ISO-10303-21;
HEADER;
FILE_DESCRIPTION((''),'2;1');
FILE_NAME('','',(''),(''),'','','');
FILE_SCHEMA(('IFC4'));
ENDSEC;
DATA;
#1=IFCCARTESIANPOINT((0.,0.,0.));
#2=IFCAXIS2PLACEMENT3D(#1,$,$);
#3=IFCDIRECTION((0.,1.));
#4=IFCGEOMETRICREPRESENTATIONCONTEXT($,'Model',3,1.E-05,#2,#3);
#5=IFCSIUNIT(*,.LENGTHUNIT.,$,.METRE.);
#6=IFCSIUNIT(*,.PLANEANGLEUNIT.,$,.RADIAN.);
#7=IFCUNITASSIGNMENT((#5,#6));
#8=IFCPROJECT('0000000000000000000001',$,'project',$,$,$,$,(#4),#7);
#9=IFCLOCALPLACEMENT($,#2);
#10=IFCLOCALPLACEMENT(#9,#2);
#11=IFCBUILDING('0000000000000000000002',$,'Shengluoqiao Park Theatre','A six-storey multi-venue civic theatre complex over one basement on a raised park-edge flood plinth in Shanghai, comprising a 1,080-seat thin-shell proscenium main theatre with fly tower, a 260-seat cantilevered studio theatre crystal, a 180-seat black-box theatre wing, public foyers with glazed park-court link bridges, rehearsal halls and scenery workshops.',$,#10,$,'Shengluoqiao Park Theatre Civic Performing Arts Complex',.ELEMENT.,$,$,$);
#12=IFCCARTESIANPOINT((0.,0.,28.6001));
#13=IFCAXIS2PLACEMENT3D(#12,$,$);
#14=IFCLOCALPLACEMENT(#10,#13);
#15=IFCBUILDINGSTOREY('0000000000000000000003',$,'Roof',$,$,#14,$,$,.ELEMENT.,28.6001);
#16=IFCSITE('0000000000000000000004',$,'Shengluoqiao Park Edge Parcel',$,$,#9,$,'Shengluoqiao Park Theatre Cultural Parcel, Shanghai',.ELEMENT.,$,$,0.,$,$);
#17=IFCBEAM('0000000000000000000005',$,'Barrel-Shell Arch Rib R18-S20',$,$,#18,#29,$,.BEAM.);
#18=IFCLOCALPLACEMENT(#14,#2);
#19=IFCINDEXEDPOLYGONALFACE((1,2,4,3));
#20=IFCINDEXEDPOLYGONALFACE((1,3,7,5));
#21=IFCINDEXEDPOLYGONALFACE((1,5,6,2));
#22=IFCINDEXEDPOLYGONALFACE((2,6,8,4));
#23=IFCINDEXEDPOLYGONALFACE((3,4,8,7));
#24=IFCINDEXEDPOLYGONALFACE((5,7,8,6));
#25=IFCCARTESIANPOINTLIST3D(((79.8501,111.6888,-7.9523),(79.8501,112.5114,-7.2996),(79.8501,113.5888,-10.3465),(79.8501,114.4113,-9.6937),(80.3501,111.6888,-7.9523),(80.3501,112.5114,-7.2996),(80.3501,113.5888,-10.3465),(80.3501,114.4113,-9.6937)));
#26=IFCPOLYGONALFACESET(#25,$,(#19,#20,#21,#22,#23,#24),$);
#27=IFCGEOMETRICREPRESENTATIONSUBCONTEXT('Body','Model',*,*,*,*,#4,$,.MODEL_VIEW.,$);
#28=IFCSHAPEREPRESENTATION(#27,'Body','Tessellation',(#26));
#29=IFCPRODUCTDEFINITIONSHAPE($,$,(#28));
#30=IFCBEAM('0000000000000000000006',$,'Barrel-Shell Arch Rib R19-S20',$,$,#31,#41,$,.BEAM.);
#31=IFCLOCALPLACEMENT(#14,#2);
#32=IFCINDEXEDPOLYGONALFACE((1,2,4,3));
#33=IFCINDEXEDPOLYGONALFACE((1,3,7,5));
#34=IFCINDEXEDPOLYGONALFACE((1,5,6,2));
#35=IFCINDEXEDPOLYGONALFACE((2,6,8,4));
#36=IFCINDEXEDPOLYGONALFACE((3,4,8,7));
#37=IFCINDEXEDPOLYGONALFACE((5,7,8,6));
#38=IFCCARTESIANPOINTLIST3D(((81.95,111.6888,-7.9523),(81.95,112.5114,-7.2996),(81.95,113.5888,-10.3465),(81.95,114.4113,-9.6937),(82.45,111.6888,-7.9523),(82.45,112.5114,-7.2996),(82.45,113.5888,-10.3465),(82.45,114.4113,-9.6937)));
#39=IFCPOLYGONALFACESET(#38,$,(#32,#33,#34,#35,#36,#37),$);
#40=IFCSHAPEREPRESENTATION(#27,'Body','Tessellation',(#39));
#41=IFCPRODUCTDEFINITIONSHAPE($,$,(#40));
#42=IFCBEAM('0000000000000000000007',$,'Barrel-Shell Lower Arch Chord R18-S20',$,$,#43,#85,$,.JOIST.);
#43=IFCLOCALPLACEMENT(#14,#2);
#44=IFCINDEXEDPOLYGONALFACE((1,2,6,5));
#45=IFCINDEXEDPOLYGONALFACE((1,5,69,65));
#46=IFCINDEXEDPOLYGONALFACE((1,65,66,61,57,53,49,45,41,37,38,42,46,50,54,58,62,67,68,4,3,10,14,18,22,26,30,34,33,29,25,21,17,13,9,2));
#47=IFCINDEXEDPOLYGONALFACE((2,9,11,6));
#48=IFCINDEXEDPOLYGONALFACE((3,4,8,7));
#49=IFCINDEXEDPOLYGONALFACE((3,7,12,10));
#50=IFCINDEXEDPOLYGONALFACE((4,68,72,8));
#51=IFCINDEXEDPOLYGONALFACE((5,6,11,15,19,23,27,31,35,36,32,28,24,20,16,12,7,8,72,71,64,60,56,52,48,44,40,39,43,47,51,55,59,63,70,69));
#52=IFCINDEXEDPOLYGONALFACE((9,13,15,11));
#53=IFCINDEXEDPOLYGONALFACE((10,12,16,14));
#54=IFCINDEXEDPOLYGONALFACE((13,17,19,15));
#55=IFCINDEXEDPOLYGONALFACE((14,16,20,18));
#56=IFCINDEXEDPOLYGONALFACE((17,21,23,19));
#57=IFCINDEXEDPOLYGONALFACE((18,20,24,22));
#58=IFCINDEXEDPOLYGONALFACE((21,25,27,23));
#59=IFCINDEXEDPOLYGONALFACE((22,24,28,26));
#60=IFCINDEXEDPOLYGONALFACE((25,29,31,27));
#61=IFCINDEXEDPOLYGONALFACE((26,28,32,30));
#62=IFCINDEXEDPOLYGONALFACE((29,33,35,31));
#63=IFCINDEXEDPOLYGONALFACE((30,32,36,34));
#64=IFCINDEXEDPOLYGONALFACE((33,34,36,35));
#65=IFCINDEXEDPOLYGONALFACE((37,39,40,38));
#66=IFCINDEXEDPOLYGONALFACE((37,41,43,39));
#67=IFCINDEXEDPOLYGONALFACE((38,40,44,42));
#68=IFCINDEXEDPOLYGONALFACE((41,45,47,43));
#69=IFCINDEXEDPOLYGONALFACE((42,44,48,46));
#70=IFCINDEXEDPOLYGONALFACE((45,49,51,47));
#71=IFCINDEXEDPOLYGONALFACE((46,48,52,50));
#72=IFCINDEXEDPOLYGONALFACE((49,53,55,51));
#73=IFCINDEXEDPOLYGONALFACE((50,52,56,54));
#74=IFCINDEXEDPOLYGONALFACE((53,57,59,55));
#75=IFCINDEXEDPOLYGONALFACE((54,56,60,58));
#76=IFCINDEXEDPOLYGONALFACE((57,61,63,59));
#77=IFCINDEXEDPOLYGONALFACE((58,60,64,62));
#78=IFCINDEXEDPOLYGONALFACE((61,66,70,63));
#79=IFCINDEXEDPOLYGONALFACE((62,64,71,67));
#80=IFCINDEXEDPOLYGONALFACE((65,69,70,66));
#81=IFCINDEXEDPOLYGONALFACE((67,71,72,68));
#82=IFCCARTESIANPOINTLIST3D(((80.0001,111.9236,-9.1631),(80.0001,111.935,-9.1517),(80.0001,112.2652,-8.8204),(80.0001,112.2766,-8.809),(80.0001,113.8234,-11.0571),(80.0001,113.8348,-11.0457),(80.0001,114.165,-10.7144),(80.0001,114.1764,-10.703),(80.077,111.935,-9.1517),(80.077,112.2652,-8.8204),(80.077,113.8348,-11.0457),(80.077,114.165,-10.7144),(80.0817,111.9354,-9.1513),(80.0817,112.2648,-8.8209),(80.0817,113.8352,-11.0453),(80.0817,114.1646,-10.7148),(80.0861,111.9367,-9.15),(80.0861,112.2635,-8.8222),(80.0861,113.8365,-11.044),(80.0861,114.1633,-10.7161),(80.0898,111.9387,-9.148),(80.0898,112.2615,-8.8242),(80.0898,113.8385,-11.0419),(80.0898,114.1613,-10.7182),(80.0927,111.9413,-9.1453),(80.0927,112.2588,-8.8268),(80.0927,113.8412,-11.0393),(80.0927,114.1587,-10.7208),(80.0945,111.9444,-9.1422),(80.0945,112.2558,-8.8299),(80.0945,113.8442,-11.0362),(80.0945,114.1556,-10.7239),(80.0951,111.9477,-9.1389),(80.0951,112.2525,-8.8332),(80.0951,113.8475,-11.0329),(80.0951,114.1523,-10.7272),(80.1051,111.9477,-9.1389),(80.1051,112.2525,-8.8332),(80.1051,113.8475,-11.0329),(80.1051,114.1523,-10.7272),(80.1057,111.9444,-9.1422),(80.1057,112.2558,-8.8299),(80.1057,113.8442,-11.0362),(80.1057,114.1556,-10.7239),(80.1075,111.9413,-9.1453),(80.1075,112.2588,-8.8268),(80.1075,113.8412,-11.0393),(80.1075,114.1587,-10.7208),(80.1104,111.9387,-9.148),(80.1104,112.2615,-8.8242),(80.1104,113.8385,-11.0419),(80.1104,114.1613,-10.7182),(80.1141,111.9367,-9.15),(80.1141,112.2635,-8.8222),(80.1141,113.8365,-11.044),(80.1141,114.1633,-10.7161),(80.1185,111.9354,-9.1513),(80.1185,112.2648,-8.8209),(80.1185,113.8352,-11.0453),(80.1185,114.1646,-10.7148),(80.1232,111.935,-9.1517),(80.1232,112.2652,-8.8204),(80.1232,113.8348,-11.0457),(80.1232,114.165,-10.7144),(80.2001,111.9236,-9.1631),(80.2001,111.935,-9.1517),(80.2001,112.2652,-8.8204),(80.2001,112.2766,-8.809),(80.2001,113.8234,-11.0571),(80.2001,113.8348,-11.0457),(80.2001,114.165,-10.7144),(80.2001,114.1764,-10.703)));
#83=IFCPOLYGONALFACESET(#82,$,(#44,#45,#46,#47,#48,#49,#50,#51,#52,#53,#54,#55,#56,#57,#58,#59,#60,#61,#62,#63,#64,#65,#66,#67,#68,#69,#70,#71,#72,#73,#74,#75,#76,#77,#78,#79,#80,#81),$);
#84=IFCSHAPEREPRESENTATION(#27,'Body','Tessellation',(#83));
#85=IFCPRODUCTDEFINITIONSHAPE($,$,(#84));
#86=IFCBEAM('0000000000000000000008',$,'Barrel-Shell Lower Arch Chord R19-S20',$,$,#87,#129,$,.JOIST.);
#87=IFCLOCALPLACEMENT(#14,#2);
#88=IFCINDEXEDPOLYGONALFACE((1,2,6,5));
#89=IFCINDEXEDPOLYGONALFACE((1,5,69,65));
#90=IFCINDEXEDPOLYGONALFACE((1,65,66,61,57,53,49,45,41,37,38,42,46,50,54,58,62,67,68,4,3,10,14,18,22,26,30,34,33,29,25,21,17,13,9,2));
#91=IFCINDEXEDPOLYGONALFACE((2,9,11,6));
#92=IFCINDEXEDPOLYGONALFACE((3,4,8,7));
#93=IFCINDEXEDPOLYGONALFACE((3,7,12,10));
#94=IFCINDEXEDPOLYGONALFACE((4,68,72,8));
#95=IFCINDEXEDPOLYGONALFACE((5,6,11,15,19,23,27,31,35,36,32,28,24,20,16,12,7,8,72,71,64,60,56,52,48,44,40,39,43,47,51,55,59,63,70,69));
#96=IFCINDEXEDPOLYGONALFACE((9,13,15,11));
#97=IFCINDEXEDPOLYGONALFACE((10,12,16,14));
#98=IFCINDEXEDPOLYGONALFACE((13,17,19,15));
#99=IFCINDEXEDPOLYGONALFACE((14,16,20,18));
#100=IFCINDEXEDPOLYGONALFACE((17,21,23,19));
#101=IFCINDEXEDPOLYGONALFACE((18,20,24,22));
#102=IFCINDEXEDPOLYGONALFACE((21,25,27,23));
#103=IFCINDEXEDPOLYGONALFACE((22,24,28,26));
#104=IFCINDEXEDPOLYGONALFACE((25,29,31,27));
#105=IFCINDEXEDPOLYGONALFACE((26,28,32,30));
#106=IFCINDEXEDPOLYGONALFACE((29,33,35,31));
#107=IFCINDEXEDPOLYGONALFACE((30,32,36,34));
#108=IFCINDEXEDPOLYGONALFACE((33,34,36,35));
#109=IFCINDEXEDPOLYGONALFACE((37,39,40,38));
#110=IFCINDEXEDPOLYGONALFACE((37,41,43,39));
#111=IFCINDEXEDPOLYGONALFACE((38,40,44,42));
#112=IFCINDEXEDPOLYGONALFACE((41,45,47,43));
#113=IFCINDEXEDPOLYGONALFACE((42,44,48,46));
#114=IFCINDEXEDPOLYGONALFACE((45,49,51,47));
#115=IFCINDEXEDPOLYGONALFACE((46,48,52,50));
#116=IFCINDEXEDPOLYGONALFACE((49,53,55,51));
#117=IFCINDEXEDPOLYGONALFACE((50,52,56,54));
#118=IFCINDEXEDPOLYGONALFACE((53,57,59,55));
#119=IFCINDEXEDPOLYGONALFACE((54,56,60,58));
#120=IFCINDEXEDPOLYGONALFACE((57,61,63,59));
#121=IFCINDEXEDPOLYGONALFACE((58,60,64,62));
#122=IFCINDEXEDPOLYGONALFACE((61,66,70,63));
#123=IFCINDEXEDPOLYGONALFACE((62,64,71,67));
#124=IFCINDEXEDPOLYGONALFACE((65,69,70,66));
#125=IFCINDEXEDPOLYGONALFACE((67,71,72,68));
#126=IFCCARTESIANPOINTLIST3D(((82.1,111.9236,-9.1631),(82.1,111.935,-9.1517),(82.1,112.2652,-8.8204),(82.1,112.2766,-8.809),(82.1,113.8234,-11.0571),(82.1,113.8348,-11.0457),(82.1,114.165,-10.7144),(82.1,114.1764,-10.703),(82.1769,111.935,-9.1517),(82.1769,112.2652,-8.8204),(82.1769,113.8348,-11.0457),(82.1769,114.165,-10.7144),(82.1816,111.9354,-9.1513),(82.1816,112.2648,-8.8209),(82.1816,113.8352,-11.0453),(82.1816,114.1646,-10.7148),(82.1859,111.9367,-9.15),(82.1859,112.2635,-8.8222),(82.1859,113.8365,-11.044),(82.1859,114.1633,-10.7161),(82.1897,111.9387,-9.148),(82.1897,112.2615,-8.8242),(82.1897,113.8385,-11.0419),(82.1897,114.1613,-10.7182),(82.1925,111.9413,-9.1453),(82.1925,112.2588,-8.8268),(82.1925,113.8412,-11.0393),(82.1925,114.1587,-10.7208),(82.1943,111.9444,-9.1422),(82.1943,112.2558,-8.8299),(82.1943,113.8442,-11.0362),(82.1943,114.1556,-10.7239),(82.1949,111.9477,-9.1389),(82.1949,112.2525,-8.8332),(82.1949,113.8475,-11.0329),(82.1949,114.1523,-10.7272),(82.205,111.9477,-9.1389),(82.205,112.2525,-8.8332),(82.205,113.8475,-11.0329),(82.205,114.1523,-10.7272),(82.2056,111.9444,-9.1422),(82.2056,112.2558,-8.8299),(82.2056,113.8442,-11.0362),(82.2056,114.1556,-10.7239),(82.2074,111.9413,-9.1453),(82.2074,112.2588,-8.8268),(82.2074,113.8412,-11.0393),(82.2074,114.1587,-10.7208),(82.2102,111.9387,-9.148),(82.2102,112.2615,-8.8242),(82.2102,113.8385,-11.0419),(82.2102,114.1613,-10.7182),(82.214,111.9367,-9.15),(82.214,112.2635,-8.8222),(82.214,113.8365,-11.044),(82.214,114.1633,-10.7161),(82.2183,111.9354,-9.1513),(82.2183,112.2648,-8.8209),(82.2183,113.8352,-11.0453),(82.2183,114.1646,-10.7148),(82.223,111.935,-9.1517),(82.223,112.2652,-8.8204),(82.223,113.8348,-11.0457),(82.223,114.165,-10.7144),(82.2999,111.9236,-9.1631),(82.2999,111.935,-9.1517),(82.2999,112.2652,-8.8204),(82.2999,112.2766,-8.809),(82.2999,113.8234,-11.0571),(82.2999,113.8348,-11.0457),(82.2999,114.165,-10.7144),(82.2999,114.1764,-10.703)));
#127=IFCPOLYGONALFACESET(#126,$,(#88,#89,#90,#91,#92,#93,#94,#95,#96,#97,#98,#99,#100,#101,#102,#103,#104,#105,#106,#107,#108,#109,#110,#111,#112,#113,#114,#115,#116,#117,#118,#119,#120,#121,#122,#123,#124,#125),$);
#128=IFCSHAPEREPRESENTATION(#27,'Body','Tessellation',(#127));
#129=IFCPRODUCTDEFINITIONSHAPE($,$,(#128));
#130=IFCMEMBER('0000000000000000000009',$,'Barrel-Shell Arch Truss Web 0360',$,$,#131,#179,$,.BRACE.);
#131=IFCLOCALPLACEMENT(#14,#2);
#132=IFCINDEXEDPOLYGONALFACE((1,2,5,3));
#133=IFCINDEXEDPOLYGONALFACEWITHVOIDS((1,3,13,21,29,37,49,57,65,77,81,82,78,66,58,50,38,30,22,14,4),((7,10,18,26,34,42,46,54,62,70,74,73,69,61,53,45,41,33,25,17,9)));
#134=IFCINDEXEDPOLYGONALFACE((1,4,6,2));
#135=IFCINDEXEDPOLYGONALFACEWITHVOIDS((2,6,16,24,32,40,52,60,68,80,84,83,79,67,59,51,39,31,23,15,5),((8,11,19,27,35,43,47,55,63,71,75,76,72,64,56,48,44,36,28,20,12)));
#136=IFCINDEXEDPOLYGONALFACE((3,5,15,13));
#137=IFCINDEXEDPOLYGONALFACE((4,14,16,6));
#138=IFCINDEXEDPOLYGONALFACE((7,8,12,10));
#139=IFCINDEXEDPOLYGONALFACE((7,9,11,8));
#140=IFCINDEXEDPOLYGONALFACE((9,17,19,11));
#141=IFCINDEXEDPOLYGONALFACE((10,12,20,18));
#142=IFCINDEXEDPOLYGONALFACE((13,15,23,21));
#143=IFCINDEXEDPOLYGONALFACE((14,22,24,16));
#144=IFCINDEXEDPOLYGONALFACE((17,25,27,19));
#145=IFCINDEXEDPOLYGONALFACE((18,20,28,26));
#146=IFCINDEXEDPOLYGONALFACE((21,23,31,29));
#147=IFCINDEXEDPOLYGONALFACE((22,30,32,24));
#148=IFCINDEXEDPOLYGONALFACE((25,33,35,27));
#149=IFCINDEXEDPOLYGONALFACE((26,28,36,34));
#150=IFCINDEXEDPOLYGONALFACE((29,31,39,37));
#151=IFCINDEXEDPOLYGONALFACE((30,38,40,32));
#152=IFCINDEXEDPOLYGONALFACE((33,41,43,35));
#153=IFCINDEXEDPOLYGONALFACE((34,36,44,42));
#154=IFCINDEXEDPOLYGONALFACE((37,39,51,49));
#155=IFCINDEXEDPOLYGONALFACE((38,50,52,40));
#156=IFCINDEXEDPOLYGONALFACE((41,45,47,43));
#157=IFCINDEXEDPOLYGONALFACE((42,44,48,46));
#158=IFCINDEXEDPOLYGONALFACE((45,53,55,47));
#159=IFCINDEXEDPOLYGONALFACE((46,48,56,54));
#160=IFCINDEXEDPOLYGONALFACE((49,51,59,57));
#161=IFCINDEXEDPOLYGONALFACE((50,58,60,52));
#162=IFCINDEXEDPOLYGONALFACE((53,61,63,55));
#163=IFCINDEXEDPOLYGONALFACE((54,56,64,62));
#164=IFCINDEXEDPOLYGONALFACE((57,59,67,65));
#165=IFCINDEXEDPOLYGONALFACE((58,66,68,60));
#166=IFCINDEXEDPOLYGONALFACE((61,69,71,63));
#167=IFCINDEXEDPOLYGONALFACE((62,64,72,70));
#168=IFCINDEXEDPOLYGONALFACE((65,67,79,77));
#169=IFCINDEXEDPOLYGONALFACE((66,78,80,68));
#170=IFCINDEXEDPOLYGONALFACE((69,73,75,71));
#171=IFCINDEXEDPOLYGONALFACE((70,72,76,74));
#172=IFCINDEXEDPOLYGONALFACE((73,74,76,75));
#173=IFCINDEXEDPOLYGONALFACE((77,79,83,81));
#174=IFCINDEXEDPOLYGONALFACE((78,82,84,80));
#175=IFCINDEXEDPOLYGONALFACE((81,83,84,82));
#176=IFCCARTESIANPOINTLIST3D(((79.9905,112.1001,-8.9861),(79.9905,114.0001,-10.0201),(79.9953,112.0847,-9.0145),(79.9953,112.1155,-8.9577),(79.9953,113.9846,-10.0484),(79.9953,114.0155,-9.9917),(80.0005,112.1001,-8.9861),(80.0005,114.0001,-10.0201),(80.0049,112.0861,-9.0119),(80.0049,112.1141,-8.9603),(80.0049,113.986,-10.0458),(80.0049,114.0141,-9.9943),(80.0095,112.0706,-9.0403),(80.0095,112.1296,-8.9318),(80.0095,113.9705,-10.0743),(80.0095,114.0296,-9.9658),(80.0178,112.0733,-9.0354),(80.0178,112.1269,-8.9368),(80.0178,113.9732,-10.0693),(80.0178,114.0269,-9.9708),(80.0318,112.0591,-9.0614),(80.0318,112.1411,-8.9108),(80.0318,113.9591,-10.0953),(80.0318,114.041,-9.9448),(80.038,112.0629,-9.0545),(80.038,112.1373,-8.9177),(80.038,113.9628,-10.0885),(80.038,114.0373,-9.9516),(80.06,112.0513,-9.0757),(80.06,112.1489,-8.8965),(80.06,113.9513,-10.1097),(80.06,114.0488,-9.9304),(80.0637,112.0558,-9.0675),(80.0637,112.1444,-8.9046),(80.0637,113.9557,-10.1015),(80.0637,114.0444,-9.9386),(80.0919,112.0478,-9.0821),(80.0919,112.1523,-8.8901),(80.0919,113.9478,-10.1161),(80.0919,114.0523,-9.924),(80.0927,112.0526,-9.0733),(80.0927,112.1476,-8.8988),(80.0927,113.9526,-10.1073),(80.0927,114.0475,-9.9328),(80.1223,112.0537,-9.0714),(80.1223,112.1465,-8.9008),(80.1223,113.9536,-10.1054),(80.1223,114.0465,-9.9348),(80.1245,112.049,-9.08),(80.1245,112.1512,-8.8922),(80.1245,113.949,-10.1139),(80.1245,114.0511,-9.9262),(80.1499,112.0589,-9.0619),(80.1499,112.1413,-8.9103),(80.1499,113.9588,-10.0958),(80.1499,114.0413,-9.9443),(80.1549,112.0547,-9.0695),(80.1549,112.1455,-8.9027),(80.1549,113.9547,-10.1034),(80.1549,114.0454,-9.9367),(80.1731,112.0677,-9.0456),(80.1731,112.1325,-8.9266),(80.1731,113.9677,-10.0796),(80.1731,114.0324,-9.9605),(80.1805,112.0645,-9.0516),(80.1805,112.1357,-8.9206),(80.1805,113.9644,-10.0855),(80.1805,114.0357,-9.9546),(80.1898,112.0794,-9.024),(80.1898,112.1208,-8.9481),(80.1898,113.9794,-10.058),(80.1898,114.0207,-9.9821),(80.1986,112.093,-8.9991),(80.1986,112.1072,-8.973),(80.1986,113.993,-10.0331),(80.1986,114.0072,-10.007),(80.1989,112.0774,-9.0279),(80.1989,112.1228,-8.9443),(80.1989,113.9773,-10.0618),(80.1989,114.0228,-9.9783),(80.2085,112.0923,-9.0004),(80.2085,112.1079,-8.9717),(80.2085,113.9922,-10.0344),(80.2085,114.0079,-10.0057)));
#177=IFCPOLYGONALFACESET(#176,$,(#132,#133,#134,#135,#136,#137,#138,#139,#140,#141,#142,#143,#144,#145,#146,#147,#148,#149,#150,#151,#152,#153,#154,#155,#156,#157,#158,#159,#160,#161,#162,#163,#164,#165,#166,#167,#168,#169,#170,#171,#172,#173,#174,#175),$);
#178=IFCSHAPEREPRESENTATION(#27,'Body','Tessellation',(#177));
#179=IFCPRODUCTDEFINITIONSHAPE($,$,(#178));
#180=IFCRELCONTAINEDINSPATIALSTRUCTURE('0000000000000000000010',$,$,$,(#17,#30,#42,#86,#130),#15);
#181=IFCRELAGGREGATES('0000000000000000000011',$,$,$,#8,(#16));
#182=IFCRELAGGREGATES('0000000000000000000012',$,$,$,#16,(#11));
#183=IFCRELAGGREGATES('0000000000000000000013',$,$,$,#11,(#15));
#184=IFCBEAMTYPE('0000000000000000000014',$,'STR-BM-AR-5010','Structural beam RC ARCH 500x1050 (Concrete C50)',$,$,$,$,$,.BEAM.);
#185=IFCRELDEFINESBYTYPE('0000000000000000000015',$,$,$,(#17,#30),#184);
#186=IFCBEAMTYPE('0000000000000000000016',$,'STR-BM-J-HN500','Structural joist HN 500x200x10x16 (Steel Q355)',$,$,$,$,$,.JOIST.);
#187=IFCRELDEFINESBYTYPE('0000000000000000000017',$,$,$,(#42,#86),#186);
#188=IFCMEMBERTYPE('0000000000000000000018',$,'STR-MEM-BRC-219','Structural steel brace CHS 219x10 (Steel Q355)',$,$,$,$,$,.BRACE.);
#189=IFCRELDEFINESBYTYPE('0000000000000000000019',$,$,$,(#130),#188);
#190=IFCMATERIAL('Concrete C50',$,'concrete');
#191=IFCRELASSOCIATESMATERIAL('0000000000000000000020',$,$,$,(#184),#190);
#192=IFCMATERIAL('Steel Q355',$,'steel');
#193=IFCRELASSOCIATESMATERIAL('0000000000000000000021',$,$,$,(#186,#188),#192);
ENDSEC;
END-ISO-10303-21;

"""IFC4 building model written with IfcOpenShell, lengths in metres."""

from ifc_helpers import new_model, si_unit, direction, frame, origin, origin_2d, place, context, subcontext, project, spatial, rectangle, hollow_circle, i_section, extrude, material, material_profile, profile_set, type_object, element, save


model = new_model("IFC4")

# Units and contexts
model_context = context("Model", 3, precision=1e-05, world=origin(), true_north=direction((0.0, 1.0)))
body_context = subcontext(model_context, "Body", "Model", "MODEL_VIEW")
ifc_project = project(units=[si_unit("LENGTHUNIT", "METRE"), si_unit("PLANEANGLEUNIT", "RADIAN")], contexts=[model_context])

# Site, building, storey
site_placement = place(None, origin())
site = spatial("IfcSite", under=ifc_project, at=site_placement, Name="Shengluoqiao Park Edge Parcel", LongName="Shengluoqiao Park Theatre Cultural Parcel, Shanghai", CompositionType="ELEMENT", RefElevation=0.0)
building_placement = place(site_placement, origin())
building = spatial("IfcBuilding", under=site, at=building_placement, Name="Shengluoqiao Park Theatre", Description="A six-storey multi-venue civic theatre complex over one basement on a raised park-edge flood plinth in Shanghai, comprising a 1,080-seat thin-shell proscenium main theatre with fly tower, a 260-seat cantilevered studio theatre crystal, a 180-seat black-box theatre wing, public foyers with glazed park-court link bridges, rehearsal halls and scenery workshops.", LongName="Shengluoqiao Park Theatre Civic Performing Arts Complex", CompositionType="ELEMENT")
storey_placement = place(building_placement, frame((0.0, 0.0, 28.6001)))
storey = spatial("IfcBuildingStorey", under=building, at=storey_placement, Name="Roof", CompositionType="ELEMENT", Elevation=28.6001)

# Beams
ifc_material_1 = material(Name="Concrete C50", Category="concrete")
ifc_material_profile_1 = material_profile(ifc_material_1, rectangle(XDim=0.5, YDim=1.05, at=origin_2d()), Name="RC ARCH 500x1050")
ifc_profile_set_1 = profile_set([ifc_material_profile_1], Name="Concrete C50")
beam_type_1 = type_object("IfcBeamType", Name="STR-BM-AR-5010", Description="Structural beam RC ARCH 500x1050 (Concrete C50)", PredefinedType="BEAM", material=ifc_profile_set_1)
for number, where, z_axis, x_axis, name in (
    (1, (80.1001, 112.1001, -7.626), (0.0, 0.621631, -0.78331), (-1.0, 0.0, 0.0), "Barrel-Shell Arch Rib R18-S20"),
    (2, (82.2, 112.1001, -7.626), (0.0, 0.621631, -0.78331), (-1.0, 0.0, 0.0), "Barrel-Shell Arch Rib R19-S20"),
):
    element("IfcBeam", number, at=place(storey_placement, frame(where, z_axis=z_axis, x_axis=x_axis)), inside=storey, type_object=beam_type_1, Name=name, PredefinedType="BEAM", context=body_context, shape_type="SweptSolid", body=[
        extrude(rectangle(XDim=0.5, YDim=1.05, at=origin_2d()), origin(), (0.0, 0.0, 1.0), 3.0564),
    ])
ifc_material_2 = material(Name="Steel Q355", Category="steel")
ifc_material_profile_2 = material_profile(ifc_material_2, i_section(OverallWidth=0.2, OverallDepth=0.5, WebThickness=0.01, FlangeThickness=0.0161, FilletRadius=0.0181, at=origin_2d()), Name="HN 500x200x10x16")
ifc_profile_set_2 = profile_set([ifc_material_profile_2], Name="Steel Q355")
beam_type_2 = type_object("IfcBeamType", Name="STR-BM-J-HN500", Description="Structural joist HN 500x200x10x16 (Steel Q355)", PredefinedType="JOIST", material=ifc_profile_set_2)
for number, where, z_axis, x_axis, name in (
    (3, (80.1001, 112.1001, -8.9861), (0.0, 0.708198, -0.706014), (-1.0, 0.0, 0.0), "Barrel-Shell Lower Arch Chord R18-S20"),
    (4, (82.2, 112.1001, -8.9861), (0.0, 0.708198, -0.706014), (-1.0, 0.0, 0.0), "Barrel-Shell Lower Arch Chord R19-S20"),
):
    element("IfcBeam", number, at=place(storey_placement, frame(where, z_axis=z_axis, x_axis=x_axis)), inside=storey, type_object=beam_type_2, Name=name, PredefinedType="JOIST", context=body_context, shape_type="SweptSolid", body=[
        extrude(i_section(OverallWidth=0.2, OverallDepth=0.5, WebThickness=0.01, FlangeThickness=0.0161, FilletRadius=0.0181, at=origin_2d()), origin(), (0.0, 0.0, 1.0), 2.6826),
    ])

# Member
ifc_material_profile_3 = material_profile(ifc_material_2, hollow_circle(Radius=0.1096, WallThickness=0.01, at=origin_2d()), Name="CHS 219x10")
ifc_profile_set_3 = profile_set([ifc_material_profile_3], Name="Steel Q355")
member_type_1 = type_object("IfcMemberType", Name="STR-MEM-BRC-219", Description="Structural steel brace CHS 219x10 (Steel Q355)", PredefinedType="BRACE", material=ifc_profile_set_3)
for number, where, z_axis, x_axis, name in (
    (5, (80.1001, 112.1001, -8.9861), (0.0, 0.878357, -0.478006), (-1.0, 0.0, 0.0), "Barrel-Shell Arch Truss Web 0360"),
):
    element("IfcMember", number, at=place(storey_placement, frame(where, z_axis=z_axis, x_axis=x_axis)), inside=storey, type_object=member_type_1, Name=name, PredefinedType="BRACE", context=body_context, shape_type="SweptSolid", body=[
        extrude(hollow_circle(Radius=0.1096, WallThickness=0.01, at=origin_2d()), origin(), (0.0, 0.0, 1.0), 2.1631),
    ])

save(model, "model.ifc")
